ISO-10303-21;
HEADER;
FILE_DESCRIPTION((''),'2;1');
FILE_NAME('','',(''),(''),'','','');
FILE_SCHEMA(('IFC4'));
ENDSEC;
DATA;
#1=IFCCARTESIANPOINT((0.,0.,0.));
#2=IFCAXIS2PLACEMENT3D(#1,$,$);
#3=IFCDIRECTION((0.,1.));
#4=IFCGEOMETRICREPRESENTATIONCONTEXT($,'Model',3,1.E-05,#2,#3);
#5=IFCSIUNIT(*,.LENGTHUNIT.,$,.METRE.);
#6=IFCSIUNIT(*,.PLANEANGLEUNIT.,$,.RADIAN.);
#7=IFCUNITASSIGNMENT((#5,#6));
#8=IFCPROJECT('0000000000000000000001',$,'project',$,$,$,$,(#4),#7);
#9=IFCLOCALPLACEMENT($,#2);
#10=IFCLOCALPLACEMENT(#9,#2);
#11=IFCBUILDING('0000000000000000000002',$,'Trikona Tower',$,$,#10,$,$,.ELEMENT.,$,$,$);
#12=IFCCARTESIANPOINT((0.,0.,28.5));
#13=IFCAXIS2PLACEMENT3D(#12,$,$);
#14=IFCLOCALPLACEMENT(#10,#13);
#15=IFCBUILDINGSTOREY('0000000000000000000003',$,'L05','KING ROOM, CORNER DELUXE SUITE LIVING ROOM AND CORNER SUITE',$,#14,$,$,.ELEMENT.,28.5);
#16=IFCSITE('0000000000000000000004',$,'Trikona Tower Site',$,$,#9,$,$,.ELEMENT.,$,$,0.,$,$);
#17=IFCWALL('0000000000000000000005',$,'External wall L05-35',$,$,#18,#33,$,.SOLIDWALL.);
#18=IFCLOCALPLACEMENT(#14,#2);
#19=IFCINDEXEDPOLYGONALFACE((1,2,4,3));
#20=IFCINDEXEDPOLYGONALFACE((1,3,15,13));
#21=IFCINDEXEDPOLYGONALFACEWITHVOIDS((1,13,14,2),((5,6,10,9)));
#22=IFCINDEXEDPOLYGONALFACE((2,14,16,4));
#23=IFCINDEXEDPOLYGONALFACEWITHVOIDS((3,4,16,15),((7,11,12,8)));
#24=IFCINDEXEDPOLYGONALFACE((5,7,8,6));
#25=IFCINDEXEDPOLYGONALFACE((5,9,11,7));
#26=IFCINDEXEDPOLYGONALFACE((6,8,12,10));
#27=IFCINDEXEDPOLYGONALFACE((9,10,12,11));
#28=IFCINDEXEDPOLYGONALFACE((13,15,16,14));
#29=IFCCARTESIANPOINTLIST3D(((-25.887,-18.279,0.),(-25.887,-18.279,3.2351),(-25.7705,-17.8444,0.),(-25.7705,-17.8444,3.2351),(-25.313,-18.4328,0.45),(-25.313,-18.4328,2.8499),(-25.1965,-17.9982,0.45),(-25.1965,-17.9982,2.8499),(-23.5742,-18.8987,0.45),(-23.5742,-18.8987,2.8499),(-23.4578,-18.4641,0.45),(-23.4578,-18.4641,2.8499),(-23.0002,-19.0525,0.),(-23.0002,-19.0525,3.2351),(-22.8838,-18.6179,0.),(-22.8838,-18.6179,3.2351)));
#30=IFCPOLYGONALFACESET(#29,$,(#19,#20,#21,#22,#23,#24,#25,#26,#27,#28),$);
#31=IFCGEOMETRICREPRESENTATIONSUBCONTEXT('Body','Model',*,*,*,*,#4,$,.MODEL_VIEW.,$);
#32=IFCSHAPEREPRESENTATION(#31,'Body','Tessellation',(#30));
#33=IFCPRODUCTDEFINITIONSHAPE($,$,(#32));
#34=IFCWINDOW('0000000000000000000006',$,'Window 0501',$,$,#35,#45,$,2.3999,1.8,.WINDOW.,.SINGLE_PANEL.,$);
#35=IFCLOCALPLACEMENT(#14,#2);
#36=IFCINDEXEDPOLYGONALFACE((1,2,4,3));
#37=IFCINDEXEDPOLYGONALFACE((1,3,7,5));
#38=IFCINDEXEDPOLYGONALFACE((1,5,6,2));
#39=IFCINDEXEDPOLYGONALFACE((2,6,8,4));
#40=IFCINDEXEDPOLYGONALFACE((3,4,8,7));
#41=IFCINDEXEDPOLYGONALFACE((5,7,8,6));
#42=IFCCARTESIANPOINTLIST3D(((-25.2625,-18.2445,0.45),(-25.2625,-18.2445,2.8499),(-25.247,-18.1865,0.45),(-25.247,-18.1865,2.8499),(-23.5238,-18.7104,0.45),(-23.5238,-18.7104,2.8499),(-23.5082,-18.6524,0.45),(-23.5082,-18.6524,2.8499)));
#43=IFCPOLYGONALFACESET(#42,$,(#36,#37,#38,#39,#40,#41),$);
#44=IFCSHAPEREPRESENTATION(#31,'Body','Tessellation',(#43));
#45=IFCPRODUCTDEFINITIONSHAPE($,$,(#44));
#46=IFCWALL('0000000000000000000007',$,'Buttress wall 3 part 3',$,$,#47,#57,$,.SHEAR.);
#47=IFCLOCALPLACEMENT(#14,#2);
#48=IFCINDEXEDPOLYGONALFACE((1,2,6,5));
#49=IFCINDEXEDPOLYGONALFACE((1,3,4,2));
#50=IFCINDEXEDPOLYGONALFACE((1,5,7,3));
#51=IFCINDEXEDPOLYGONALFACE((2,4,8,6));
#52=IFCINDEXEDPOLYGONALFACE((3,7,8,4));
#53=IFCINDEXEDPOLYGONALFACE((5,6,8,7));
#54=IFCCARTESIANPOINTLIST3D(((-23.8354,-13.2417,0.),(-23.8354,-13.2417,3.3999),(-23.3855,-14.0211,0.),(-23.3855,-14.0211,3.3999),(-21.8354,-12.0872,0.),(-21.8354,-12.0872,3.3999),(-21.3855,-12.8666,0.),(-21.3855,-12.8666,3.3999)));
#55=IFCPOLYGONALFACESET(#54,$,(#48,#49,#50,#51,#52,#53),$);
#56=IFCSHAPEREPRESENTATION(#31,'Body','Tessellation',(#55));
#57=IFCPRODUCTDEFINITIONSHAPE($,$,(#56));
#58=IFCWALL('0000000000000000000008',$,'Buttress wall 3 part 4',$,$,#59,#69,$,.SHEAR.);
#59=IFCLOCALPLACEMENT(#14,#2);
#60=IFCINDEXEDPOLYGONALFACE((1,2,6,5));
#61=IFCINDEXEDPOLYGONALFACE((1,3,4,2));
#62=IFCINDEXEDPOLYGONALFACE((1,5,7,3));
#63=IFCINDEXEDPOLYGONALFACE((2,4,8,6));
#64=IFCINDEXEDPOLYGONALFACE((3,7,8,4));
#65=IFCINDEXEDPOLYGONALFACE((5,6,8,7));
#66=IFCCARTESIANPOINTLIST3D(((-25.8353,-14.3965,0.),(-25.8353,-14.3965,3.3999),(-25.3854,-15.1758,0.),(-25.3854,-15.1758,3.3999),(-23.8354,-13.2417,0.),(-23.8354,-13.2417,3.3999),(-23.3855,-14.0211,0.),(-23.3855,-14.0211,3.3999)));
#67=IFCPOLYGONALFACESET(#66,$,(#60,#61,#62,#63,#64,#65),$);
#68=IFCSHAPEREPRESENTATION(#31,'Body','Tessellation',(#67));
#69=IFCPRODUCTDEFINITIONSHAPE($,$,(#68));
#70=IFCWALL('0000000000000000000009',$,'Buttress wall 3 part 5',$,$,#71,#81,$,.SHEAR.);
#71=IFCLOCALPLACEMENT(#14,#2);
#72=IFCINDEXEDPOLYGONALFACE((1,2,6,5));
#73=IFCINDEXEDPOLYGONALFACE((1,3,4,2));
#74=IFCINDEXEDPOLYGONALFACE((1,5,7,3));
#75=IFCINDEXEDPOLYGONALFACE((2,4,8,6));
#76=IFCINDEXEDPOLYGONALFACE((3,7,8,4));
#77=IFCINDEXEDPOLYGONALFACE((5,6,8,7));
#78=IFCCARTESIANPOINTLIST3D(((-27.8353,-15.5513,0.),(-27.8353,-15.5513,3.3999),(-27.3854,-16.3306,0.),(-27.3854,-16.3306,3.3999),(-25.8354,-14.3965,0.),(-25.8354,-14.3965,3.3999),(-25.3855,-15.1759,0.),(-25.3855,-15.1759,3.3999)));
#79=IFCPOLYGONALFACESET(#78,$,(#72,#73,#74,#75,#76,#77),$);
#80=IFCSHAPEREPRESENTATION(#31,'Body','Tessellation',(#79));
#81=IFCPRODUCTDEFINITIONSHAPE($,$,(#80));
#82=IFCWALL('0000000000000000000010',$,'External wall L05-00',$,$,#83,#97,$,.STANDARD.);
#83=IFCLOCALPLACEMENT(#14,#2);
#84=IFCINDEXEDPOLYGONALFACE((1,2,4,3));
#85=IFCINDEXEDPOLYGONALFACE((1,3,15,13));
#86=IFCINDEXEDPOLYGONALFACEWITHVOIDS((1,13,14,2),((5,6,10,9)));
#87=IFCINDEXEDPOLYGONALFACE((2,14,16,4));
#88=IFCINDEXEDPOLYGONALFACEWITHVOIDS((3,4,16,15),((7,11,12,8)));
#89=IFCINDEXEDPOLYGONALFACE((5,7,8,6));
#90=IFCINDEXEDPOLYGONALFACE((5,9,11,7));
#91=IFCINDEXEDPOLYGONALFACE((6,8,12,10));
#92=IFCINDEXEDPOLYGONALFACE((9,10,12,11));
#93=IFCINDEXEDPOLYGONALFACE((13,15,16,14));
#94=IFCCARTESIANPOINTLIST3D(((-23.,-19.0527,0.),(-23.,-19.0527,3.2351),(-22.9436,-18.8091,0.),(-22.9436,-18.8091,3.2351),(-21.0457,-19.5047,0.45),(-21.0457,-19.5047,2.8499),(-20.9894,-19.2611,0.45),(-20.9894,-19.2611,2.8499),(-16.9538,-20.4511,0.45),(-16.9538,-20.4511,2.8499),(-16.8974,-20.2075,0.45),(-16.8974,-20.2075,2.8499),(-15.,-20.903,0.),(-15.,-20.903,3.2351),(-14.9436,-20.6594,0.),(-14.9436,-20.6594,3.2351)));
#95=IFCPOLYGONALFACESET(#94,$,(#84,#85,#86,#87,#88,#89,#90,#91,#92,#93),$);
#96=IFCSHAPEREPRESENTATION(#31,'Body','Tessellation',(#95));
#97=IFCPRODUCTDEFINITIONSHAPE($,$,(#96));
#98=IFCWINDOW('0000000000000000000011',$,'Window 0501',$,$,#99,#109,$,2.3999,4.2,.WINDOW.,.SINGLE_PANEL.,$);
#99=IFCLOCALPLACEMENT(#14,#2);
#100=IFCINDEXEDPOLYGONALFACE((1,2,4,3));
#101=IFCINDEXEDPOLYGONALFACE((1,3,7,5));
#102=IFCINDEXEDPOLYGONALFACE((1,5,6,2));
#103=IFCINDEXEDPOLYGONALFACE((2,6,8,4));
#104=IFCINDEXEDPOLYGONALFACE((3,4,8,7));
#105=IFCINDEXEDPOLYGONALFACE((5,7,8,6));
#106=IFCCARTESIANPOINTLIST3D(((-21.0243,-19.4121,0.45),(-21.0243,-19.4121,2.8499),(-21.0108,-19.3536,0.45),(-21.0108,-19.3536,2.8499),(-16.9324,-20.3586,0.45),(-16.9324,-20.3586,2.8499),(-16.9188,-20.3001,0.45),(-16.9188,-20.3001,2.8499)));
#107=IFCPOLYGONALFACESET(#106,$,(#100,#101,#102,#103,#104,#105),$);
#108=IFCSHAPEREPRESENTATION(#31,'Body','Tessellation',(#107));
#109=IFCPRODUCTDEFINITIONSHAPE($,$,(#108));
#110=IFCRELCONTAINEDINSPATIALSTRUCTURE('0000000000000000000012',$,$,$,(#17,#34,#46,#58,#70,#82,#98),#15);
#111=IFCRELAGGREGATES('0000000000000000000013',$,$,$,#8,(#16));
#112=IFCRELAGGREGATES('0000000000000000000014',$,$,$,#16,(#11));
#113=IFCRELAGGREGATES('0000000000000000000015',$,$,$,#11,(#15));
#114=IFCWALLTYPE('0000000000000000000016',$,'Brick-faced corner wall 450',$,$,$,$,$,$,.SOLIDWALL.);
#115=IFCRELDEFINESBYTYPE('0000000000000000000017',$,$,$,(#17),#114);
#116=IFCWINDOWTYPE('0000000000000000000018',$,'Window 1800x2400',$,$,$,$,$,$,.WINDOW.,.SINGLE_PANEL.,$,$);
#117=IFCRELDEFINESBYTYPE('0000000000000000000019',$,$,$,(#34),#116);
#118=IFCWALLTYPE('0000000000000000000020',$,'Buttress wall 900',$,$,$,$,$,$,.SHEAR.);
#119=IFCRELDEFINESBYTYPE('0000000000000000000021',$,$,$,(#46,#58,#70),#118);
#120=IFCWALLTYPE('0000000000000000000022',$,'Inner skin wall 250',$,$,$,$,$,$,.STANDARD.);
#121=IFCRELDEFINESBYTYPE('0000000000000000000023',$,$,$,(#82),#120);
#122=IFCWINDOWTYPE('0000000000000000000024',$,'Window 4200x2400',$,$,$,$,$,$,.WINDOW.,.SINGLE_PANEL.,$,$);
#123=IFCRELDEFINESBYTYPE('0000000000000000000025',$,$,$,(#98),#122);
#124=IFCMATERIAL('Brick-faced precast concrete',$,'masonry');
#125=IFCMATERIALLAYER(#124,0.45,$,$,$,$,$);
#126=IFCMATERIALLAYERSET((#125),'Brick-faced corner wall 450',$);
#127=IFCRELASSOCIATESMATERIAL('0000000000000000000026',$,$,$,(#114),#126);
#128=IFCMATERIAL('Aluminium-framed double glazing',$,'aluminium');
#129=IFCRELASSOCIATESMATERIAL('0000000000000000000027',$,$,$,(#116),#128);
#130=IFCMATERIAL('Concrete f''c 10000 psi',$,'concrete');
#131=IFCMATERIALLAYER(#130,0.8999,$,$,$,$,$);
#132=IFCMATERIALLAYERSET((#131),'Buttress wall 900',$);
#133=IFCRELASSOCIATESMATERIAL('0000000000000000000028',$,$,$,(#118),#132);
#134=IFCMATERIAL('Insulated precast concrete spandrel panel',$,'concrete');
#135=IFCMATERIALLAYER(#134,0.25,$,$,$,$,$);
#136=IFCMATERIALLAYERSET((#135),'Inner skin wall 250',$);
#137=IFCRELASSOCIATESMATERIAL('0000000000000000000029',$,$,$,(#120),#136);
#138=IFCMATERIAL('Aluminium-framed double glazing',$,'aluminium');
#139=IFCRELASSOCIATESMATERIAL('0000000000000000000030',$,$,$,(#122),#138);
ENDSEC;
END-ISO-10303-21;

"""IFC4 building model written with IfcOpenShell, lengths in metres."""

from ifc_helpers import new_model, si_unit, direction, frame, frame_2d, origin, place, context, subcontext, project, spatial, rectangle, extrude, material, layer, layer_set, type_object, element, fill, save


model = new_model("IFC4")

# Units and contexts
model_context = context("Model", 3, precision=1e-05, world=origin(), true_north=direction((0.0, 1.0)))
body_context = subcontext(model_context, "Body", "Model", "MODEL_VIEW")
ifc_project = project(units=[si_unit("LENGTHUNIT", "METRE"), si_unit("PLANEANGLEUNIT", "RADIAN")], contexts=[model_context])

# Site, building, storey
site_placement = place(None, origin())
site = spatial("IfcSite", under=ifc_project, at=site_placement, Name="Trikona Tower Site", CompositionType="ELEMENT", RefElevation=0.0)
building_placement = place(site_placement, origin())
building = spatial("IfcBuilding", under=site, at=building_placement, Name="Trikona Tower", CompositionType="ELEMENT")
storey_placement = place(building_placement, frame((0.0, 0.0, 28.5)))
storey = spatial("IfcBuildingStorey", under=building, at=storey_placement, Name="L05", Description="KING ROOM, CORNER DELUXE SUITE LIVING ROOM AND CORNER SUITE", CompositionType="ELEMENT", Elevation=28.5)

# Wall, opening, window
ifc_material_1 = material(Name="Brick-faced precast concrete", Category="masonry")
ifc_layer_1 = layer(ifc_material_1, 0.45)
ifc_layer_set_1 = layer_set([ifc_layer_1], Name="Brick-faced corner wall 450")
wall_type_1 = type_object("IfcWallType", Name="Brick-faced corner wall 450", PredefinedType="SOLIDWALL", material=ifc_layer_set_1)
wall_1_placement = place(storey_placement, frame((-25.8286, -18.0618, 0.0), z_axis=(0.0, 0.0, 1.0), x_axis=(0.965931, -0.258801, 0.0)))
wall_1 = element("IfcWall", 1, at=wall_1_placement, inside=storey, type_object=wall_type_1, Name="External wall L05-35", PredefinedType="SOLIDWALL", context=body_context, shape_type="SweptSolid", body=[
    extrude(rectangle(XDim=2.9885, YDim=0.45, at=frame_2d((1.4941, 0.0))), origin(), (0.0, 0.0, 1.0), 3.2351),
])
opening_1_placement = place(wall_1_placement, frame((0.5942, 0.0, 0.45)))
opening_1 = element("IfcOpeningElement", 2, at=opening_1_placement, cuts=wall_1, PredefinedType="OPENING", context=body_context, shape_type="SweptSolid", body=[
    extrude(rectangle(XDim=1.8, YDim=2.3999, at=frame_2d((0.8999, 1.2))), frame((0.0, 0.2349, 0.0), z_axis=(0.0, -1.0, 0.0), x_axis=(1.0, 0.0, 0.0)), (0.0, 0.0, 1.0), 0.47),
])
ifc_material_2 = material(Name="Aluminium-framed double glazing", Category="aluminium")
window_type_1 = type_object("IfcWindowType", Name="Window 1800x2400", PartitioningType="SINGLE_PANEL", PredefinedType="WINDOW", material=ifc_material_2)
window_1_placement = place(opening_1_placement, origin())
window_1 = element("IfcWindow", 3, at=window_1_placement, inside=storey, type_object=window_type_1, Name="Window 0501", OverallHeight=2.3999, OverallWidth=1.8, PartitioningType="SINGLE_PANEL", PredefinedType="WINDOW", context=body_context, shape_type="SweptSolid", body=[
    extrude(rectangle(XDim=1.8, YDim=2.3999, at=frame_2d((0.8999, 1.2))), frame((0.0, 0.03, 0.0), z_axis=(0.0, -1.0, 0.0), x_axis=(1.0, 0.0, 0.0)), (0.0, 0.0, 1.0), 0.0601),
])
fill(opening_1, window_1)

# Walls
ifc_material_3 = material(Name="Concrete f'c 10000 psi", Category="concrete")
ifc_layer_2 = layer(ifc_material_3, 0.8999)
ifc_layer_set_2 = layer_set([ifc_layer_2], Name="Buttress wall 900")
wall_type_2 = type_object("IfcWallType", Name="Buttress wall 900", PredefinedType="SHEAR", material=ifc_layer_set_2)
for number, where, z_axis, x_axis, name in (
    (4, (-21.6104, -12.4768, 0.0), (0.0, 0.0, 1.0), (-0.866055, -0.499948, 0.0), "Buttress wall 3 part 3"),
    (5, (-23.6104, -13.6313, 0.0), (0.0, 0.0, 1.0), (-0.86601, -0.500027, 0.0), "Buttress wall 3 part 4"),
    (6, (-25.6104, -14.7861, 0.0), (0.0, 0.0, 1.0), (-0.86601, -0.500027, 0.0), "Buttress wall 3 part 5"),
):
    element("IfcWall", number, at=place(storey_placement, frame(where, z_axis=z_axis, x_axis=x_axis)), inside=storey, type_object=wall_type_2, Name=name, PredefinedType="SHEAR", context=body_context, shape_type="SweptSolid", body=[
        extrude(rectangle(XDim=2.3093, YDim=0.8999, at=frame_2d((1.1548, 0.0))), origin(), (0.0, 0.0, 1.0), 3.3999),
    ])

# Wall, opening, window
ifc_material_4 = material(Name="Insulated precast concrete spandrel panel", Category="concrete")
ifc_layer_3 = layer(ifc_material_4, 0.25)
ifc_layer_set_3 = layer_set([ifc_layer_3], Name="Inner skin wall 250")
wall_type_3 = type_object("IfcWallType", Name="Inner skin wall 250", PredefinedType="STANDARD", material=ifc_layer_set_3)
wall_2_placement = place(storey_placement, frame((-22.9717, -18.9309, 0.0), z_axis=(0.0, 0.0, 1.0), x_axis=(0.974279, -0.225344, 0.0)))
wall_2 = element("IfcWall", 7, at=wall_2_placement, inside=storey, type_object=wall_type_3, Name="External wall L05-00", PredefinedType="STANDARD", context=body_context, shape_type="SweptSolid", body=[
    extrude(rectangle(XDim=8.2112, YDim=0.25, at=frame_2d((4.1055, 0.0))), origin(), (0.0, 0.0, 1.0), 3.2351),
])
opening_2_placement = place(wall_2_placement, frame((2.0056, 0.0, 0.45)))
opening_2 = element("IfcOpeningElement", 8, at=opening_2_placement, cuts=wall_2, PredefinedType="OPENING", context=body_context, shape_type="SweptSolid", body=[
    extrude(rectangle(XDim=4.2, YDim=2.3999, at=frame_2d((2.1001, 1.2))), frame((0.0, 0.135, 0.0), z_axis=(0.0, -1.0, 0.0), x_axis=(1.0, 0.0, 0.0)), (0.0, 0.0, 1.0), 0.27),
])
ifc_material_5 = material(Name="Aluminium-framed double glazing", Category="aluminium")
window_type_2 = type_object("IfcWindowType", Name="Window 4200x2400", PartitioningType="SINGLE_PANEL", PredefinedType="WINDOW", material=ifc_material_5)
window_2_placement = place(opening_2_placement, origin())
window_2 = element("IfcWindow", 9, at=window_2_placement, inside=storey, type_object=window_type_2, Name="Window 0501", OverallHeight=2.3999, OverallWidth=4.2, PartitioningType="SINGLE_PANEL", PredefinedType="WINDOW", context=body_context, shape_type="SweptSolid", body=[
    extrude(rectangle(XDim=4.2, YDim=2.3999, at=frame_2d((2.1001, 1.2))), frame((0.0, 0.03, 0.0), z_axis=(0.0, -1.0, 0.0), x_axis=(1.0, 0.0, 0.0)), (0.0, 0.0, 1.0), 0.0601),
])
fill(opening_2, window_2)

save(model, "model.ifc")
